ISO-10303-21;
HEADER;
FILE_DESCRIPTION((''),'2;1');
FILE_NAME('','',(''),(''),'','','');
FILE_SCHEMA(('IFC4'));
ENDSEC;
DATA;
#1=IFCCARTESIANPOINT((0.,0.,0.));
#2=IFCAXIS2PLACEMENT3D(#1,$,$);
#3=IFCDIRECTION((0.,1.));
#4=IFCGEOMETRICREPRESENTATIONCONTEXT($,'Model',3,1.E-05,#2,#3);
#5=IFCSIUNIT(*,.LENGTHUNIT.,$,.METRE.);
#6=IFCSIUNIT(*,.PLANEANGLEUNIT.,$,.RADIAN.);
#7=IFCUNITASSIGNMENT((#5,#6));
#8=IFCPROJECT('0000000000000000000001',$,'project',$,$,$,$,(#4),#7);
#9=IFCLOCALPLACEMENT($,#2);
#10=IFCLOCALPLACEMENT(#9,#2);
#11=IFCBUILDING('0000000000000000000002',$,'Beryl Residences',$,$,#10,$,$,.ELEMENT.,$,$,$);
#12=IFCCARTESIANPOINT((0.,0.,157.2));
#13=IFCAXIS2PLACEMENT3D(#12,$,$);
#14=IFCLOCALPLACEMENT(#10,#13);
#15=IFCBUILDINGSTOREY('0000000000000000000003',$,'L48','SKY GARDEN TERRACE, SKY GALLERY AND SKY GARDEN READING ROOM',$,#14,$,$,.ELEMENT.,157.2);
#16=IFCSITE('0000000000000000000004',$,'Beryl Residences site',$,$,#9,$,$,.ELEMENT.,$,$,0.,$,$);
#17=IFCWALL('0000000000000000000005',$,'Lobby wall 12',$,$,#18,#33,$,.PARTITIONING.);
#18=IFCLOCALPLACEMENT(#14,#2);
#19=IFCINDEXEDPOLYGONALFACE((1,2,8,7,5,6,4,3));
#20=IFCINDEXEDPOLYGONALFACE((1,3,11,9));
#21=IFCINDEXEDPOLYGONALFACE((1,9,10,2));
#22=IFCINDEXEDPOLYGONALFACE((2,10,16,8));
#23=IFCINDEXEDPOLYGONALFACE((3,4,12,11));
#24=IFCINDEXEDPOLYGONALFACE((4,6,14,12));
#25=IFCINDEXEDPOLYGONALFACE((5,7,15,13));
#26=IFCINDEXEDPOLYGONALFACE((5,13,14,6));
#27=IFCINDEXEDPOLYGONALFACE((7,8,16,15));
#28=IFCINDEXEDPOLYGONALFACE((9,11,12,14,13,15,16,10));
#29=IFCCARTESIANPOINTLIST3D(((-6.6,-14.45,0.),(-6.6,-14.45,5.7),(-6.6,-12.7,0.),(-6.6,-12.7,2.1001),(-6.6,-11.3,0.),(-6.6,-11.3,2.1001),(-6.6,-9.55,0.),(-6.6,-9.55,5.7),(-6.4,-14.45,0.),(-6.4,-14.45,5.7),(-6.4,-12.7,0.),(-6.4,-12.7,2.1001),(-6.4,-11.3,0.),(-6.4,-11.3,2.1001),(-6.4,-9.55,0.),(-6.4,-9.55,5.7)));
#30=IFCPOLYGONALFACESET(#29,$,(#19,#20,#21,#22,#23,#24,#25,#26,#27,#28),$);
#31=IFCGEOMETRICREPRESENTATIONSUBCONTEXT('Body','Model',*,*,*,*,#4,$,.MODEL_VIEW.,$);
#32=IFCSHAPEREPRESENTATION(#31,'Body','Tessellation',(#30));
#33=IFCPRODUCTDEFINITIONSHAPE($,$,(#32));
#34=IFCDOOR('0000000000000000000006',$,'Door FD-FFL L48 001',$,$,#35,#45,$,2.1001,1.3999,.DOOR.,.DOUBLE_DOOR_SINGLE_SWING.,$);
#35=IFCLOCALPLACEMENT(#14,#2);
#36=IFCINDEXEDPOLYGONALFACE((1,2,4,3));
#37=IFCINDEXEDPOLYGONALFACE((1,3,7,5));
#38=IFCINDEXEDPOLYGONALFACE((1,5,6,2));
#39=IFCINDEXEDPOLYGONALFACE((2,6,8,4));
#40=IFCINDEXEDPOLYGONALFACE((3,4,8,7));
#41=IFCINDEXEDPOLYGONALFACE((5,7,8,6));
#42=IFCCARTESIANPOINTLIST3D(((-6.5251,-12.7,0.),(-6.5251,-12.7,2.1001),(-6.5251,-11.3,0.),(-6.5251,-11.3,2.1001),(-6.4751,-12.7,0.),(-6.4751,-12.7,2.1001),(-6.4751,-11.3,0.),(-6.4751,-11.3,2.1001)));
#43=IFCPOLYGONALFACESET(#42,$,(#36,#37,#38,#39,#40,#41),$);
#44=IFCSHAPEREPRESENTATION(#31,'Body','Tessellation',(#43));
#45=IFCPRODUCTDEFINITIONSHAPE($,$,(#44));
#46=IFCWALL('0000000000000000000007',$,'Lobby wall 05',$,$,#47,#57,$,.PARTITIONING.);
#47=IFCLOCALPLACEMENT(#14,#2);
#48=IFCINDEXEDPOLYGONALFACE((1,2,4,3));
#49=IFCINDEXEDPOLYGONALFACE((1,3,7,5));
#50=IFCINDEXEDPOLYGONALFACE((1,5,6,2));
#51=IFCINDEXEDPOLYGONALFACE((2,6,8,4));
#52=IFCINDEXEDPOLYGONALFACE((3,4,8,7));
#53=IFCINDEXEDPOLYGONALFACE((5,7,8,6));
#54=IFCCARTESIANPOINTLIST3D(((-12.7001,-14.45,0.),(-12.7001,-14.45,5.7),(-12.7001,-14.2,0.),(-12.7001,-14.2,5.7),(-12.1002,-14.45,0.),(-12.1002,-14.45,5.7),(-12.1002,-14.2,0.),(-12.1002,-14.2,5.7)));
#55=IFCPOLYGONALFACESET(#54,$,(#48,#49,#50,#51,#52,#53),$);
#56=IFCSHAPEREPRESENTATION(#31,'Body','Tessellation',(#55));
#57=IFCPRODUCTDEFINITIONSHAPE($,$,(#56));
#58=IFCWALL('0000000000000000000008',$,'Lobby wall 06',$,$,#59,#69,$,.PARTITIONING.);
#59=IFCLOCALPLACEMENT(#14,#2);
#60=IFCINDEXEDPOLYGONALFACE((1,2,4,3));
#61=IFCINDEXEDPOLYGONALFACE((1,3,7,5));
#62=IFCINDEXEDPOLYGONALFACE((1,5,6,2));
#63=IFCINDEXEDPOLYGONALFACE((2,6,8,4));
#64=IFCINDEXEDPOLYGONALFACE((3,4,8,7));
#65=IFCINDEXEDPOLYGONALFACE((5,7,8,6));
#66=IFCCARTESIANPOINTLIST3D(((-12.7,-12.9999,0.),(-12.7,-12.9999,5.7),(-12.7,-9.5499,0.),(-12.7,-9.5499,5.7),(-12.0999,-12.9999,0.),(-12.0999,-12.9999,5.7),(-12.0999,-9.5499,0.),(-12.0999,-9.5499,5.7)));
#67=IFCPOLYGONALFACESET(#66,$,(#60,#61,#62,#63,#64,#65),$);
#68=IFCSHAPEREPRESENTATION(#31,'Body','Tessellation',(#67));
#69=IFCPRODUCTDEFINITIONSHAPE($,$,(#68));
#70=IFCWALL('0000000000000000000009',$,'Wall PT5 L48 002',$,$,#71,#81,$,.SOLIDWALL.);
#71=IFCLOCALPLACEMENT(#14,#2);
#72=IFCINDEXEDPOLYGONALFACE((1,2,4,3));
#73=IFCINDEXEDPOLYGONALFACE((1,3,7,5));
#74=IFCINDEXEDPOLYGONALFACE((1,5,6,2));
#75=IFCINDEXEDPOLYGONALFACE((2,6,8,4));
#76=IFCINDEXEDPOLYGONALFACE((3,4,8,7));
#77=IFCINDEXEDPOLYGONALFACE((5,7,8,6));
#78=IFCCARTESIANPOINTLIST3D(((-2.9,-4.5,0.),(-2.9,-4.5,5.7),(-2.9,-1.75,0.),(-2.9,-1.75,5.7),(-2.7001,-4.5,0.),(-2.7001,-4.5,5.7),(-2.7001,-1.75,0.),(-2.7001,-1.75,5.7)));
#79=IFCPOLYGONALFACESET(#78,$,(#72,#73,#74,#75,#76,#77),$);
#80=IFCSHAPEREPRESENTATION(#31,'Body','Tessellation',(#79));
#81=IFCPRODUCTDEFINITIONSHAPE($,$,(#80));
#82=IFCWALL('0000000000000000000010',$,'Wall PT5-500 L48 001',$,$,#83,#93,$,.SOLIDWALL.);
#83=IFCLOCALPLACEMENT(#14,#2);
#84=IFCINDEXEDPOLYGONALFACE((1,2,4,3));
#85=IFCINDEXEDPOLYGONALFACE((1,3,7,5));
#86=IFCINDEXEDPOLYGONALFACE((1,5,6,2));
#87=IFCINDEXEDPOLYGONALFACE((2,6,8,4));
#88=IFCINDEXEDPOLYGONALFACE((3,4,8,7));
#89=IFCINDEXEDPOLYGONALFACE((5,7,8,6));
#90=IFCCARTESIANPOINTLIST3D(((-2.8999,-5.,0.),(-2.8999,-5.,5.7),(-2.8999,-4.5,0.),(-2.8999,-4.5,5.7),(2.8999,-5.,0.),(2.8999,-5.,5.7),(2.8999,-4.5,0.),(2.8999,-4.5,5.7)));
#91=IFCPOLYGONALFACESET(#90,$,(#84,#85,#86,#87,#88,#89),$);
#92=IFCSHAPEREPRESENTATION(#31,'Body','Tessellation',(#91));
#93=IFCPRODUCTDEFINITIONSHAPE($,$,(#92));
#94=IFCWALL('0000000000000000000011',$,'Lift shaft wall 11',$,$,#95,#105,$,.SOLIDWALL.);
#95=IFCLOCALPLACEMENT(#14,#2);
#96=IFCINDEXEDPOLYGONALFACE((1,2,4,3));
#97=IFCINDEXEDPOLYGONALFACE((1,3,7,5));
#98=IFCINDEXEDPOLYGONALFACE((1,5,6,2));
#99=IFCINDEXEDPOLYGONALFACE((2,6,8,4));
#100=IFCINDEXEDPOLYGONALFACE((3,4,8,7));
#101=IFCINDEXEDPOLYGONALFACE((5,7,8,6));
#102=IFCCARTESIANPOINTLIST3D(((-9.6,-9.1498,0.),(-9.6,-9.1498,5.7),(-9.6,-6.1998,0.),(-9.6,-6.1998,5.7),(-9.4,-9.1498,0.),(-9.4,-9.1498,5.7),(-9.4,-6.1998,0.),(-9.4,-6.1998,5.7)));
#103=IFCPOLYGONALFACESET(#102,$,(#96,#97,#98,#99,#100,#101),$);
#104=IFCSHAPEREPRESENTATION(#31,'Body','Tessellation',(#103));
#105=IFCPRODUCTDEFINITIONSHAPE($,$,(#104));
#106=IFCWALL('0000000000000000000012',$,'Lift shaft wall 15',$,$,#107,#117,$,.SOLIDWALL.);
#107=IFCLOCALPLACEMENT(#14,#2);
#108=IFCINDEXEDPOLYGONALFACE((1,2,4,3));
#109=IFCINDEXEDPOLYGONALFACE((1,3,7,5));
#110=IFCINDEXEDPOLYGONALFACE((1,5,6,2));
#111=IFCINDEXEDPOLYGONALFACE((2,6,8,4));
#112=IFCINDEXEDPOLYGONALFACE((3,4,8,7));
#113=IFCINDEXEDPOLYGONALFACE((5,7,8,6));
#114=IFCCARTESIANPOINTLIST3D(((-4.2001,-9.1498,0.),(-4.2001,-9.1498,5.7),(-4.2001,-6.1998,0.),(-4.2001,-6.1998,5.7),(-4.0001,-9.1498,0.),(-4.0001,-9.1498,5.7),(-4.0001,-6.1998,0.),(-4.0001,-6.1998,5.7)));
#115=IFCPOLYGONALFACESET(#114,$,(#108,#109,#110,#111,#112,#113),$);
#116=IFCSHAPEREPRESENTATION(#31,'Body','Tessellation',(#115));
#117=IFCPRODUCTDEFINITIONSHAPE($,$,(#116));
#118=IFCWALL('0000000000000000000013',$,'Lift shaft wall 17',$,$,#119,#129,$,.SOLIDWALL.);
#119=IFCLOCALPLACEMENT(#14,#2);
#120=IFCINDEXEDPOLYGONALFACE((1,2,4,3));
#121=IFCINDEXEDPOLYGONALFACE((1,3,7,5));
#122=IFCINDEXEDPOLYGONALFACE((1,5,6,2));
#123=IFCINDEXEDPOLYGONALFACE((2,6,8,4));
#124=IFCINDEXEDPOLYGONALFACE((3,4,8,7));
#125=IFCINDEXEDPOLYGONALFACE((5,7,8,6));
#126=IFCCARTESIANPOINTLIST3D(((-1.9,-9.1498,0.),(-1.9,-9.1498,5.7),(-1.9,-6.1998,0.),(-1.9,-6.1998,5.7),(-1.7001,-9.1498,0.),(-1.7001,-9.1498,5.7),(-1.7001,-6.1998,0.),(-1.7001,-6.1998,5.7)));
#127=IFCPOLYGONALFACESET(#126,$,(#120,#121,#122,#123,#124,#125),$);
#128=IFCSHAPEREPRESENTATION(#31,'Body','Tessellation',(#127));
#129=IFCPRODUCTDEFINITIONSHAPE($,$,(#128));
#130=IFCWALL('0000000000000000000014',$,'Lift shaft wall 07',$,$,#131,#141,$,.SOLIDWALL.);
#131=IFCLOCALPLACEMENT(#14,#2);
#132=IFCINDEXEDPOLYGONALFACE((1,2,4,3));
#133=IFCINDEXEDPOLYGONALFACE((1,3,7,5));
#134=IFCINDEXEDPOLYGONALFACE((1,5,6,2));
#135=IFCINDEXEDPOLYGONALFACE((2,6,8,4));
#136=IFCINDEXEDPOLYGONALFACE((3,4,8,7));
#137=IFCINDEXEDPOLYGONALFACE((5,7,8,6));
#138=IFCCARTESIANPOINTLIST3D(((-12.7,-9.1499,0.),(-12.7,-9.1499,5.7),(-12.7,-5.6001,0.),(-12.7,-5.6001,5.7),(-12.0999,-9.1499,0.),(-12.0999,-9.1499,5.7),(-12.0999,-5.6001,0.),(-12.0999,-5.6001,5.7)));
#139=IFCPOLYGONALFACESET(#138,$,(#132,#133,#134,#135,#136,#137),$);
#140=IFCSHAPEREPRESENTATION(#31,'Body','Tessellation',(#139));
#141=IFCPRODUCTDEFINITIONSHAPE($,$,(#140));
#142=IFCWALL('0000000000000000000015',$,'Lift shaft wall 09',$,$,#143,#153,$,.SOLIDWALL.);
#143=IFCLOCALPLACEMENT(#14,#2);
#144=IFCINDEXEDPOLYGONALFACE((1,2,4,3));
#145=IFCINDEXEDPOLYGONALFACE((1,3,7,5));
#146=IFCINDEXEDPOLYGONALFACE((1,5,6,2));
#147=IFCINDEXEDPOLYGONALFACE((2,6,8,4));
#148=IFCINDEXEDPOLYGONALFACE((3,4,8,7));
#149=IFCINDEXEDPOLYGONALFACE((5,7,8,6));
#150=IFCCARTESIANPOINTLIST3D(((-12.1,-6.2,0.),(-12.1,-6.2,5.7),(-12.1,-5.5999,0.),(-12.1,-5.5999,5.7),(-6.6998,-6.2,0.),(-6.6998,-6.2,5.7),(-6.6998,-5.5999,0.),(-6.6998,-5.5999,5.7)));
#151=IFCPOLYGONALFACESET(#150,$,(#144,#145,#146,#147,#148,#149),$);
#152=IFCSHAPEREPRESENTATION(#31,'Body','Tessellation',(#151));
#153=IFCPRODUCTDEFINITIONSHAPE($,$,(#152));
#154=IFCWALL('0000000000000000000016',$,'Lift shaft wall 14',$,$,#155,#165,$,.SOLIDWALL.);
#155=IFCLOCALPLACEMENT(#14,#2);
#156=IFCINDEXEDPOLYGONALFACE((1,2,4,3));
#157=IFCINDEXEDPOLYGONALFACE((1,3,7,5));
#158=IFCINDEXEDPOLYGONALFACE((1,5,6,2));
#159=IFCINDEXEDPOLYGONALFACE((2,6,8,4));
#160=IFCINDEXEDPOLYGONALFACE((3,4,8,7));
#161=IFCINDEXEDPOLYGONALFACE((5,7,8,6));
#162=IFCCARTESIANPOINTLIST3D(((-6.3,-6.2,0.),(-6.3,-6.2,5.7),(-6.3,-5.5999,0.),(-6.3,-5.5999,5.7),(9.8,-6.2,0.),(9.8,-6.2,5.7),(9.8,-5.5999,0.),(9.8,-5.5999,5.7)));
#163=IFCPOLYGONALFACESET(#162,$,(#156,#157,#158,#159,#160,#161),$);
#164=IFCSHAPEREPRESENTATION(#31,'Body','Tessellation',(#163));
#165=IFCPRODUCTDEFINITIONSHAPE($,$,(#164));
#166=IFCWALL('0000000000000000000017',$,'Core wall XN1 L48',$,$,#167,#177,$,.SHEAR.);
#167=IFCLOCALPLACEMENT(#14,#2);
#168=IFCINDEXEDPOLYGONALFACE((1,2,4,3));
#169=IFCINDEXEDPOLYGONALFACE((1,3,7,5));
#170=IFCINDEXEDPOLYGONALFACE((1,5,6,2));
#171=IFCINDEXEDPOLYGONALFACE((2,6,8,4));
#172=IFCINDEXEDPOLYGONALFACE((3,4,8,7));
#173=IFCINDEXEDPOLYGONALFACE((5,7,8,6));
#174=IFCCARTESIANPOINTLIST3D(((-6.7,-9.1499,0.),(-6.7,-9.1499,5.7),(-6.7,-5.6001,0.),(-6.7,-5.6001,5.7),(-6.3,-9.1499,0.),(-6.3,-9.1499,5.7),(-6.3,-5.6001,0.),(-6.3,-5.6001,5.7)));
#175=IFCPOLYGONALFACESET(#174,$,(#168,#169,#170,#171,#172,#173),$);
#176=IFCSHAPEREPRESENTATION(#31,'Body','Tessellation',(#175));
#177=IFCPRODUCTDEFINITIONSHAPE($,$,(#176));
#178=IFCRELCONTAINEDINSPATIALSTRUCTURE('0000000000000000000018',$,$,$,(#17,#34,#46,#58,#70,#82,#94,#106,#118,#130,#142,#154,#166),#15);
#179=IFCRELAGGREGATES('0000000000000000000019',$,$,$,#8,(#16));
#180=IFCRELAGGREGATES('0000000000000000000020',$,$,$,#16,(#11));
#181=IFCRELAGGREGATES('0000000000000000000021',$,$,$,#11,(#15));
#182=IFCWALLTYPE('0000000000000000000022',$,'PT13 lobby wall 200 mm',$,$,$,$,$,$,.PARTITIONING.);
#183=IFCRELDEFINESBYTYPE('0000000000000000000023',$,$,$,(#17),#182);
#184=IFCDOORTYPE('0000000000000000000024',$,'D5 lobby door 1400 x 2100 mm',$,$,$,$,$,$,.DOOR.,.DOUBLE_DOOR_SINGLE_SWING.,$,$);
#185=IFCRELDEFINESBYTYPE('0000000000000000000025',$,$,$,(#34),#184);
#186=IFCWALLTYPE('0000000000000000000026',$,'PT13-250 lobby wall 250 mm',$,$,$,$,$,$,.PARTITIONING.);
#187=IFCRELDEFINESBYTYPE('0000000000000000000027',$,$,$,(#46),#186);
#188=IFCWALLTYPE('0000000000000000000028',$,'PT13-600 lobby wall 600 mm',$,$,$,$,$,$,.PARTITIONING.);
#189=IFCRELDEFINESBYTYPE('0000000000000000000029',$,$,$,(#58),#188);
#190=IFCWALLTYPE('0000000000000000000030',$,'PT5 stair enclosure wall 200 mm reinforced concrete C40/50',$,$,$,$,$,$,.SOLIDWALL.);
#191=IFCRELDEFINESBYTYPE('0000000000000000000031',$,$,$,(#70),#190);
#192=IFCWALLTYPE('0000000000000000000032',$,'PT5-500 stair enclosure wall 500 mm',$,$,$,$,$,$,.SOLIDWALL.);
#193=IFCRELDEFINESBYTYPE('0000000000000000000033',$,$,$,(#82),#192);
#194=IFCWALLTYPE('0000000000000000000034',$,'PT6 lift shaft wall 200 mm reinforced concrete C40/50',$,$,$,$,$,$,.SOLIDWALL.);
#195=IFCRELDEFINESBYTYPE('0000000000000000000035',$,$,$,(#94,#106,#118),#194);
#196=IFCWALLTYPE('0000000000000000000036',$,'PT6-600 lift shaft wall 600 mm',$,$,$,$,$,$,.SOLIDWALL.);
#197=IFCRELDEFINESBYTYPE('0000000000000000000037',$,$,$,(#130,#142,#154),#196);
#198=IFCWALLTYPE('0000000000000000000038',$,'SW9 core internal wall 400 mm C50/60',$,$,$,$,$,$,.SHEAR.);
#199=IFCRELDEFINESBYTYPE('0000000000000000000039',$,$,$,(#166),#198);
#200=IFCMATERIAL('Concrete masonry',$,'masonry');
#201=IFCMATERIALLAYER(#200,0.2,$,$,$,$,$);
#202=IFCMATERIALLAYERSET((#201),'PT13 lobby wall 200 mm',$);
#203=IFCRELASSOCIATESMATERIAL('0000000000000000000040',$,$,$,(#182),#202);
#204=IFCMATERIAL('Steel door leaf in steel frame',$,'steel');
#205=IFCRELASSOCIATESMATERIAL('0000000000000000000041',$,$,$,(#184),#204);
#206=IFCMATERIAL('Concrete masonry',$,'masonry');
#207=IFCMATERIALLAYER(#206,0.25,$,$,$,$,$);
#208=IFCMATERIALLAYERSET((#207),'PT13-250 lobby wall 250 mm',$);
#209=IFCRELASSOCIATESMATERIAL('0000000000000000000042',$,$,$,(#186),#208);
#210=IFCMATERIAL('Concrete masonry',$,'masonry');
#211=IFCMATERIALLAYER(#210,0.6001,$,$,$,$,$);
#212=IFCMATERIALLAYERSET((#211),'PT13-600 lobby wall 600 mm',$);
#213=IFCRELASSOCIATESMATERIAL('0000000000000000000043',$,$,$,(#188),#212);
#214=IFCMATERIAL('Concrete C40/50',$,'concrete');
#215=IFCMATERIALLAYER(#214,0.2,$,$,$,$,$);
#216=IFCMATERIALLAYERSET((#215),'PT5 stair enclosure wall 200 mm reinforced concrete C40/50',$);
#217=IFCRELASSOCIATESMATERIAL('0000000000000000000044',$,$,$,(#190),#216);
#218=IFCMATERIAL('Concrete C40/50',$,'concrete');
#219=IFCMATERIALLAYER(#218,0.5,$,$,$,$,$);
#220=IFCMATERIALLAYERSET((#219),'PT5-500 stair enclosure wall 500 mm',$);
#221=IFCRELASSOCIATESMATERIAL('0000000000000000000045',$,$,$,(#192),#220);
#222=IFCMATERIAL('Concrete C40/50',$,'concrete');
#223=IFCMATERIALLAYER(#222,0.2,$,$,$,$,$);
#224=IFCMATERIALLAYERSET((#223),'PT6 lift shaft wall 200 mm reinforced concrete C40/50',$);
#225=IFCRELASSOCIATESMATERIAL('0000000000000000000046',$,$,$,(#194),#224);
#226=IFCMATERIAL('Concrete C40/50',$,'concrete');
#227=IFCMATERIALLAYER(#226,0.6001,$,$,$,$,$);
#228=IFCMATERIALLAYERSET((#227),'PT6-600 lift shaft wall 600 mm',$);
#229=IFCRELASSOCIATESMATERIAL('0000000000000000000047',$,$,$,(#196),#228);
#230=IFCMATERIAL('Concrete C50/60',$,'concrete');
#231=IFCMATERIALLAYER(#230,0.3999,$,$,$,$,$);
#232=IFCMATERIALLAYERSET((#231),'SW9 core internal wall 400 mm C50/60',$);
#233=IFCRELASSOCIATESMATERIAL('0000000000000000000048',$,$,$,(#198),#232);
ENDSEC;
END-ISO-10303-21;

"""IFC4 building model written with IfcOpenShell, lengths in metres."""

from ifc_helpers import new_model, si_unit, direction, frame, frame_2d, origin, place, context, subcontext, project, spatial, rectangle, extrude, material, layer, layer_set, type_object, element, fill, save


model = new_model("IFC4")

# Units and contexts
model_context = context("Model", 3, precision=1e-05, world=origin(), true_north=direction((0.0, 1.0)))
body_context = subcontext(model_context, "Body", "Model", "MODEL_VIEW")
ifc_project = project(units=[si_unit("LENGTHUNIT", "METRE"), si_unit("PLANEANGLEUNIT", "RADIAN")], contexts=[model_context])

# Site, building, storey
site_placement = place(None, origin())
site = spatial("IfcSite", under=ifc_project, at=site_placement, Name="Beryl Residences site", CompositionType="ELEMENT", RefElevation=0.0)
building_placement = place(site_placement, origin())
building = spatial("IfcBuilding", under=site, at=building_placement, Name="Beryl Residences", CompositionType="ELEMENT")
storey_placement = place(building_placement, frame((0.0, 0.0, 157.2)))
storey = spatial("IfcBuildingStorey", under=building, at=storey_placement, Name="L48", Description="SKY GARDEN TERRACE, SKY GALLERY AND SKY GARDEN READING ROOM", CompositionType="ELEMENT", Elevation=157.2)

# Wall, opening, door
ifc_material_1 = material(Name="Concrete masonry", Category="masonry")
ifc_layer_1 = layer(ifc_material_1, 0.2)
ifc_layer_set_1 = layer_set([ifc_layer_1], Name="PT13 lobby wall 200 mm")
wall_type_1 = type_object("IfcWallType", Name="PT13 lobby wall 200 mm", PredefinedType="PARTITIONING", material=ifc_layer_set_1)
wall_1_placement = place(storey_placement, frame((-6.5, -14.45, 0.0), z_axis=(0.0, 0.0, 1.0), x_axis=(0.0, 1.0, 0.0)))
wall_1 = element("IfcWall", 1, at=wall_1_placement, inside=storey, type_object=wall_type_1, Name="Lobby wall 12", PredefinedType="PARTITIONING", context=body_context, shape_type="SweptSolid", body=[
    extrude(rectangle(XDim=4.8999, YDim=0.2, at=frame_2d((2.45, 0.0))), origin(), (0.0, 0.0, 1.0), 5.7),
])
opening_1_placement = place(wall_1_placement, frame((3.1499, 0.0, 0.0), z_axis=(0.0, 0.0, 1.0), x_axis=(-1.0, 0.0, 0.0)))
opening_1 = element("IfcOpeningElement", 2, at=opening_1_placement, cuts=wall_1, PredefinedType="OPENING", context=body_context, shape_type="SweptSolid", body=[
    extrude(rectangle(XDim=1.3999, YDim=2.1001, at=frame_2d((0.7, 1.05))), frame((0.0, 0.1099, 0.0), z_axis=(0.0, -1.0, 0.0), x_axis=(1.0, 0.0, 0.0)), (0.0, 0.0, 1.0), 0.22),
])
ifc_material_2 = material(Name="Steel door leaf in steel frame", Category="steel")
door_type_1 = type_object("IfcDoorType", Name="D5 lobby door 1400 x 2100 mm", OperationType="DOUBLE_DOOR_SINGLE_SWING", PredefinedType="DOOR", material=ifc_material_2)
door_1_placement = place(opening_1_placement, origin())
door_1 = element("IfcDoor", 3, at=door_1_placement, inside=storey, type_object=door_type_1, Name="Door FD-FFL L48 001", OperationType="DOUBLE_DOOR_SINGLE_SWING", OverallHeight=2.1001, OverallWidth=1.3999, PredefinedType="DOOR", context=body_context, shape_type="SweptSolid", body=[
    extrude(rectangle(XDim=1.3999, YDim=2.1001, at=frame_2d((0.7, 1.05))), frame((0.0, 0.0249, 0.0), z_axis=(0.0, -1.0, 0.0), x_axis=(1.0, 0.0, 0.0)), (0.0, 0.0, 1.0), 0.05),
])
fill(opening_1, door_1)

# Walls
ifc_material_3 = material(Name="Concrete masonry", Category="masonry")
ifc_layer_2 = layer(ifc_material_3, 0.25)
ifc_layer_set_2 = layer_set([ifc_layer_2], Name="PT13-250 lobby wall 250 mm")
wall_type_2 = type_object("IfcWallType", Name="PT13-250 lobby wall 250 mm", PredefinedType="PARTITIONING", material=ifc_layer_set_2)
wall_2_placement = place(storey_placement, frame((-12.7, -14.325, 0.0), z_axis=(0.0, 0.0, 1.0), x_axis=(1.0, 0.0, 0.0)))
element("IfcWall", 4, at=wall_2_placement, inside=storey, type_object=wall_type_2, Name="Lobby wall 05", PredefinedType="PARTITIONING", context=body_context, shape_type="SweptSolid", body=[
    extrude(rectangle(XDim=0.5999, YDim=0.25, at=frame_2d((0.2998, 0.0))), origin(), (0.0, 0.0, 1.0), 5.7),
])
ifc_material_4 = material(Name="Concrete masonry", Category="masonry")
ifc_layer_3 = layer(ifc_material_4, 0.6001)
ifc_layer_set_3 = layer_set([ifc_layer_3], Name="PT13-600 lobby wall 600 mm")
wall_type_3 = type_object("IfcWallType", Name="PT13-600 lobby wall 600 mm", PredefinedType="PARTITIONING", material=ifc_layer_set_3)
wall_3_placement = place(storey_placement, frame((-12.3999, -13.0, 0.0), z_axis=(0.0, 0.0, 1.0), x_axis=(0.0, 1.0, 0.0)))
element("IfcWall", 5, at=wall_3_placement, inside=storey, type_object=wall_type_3, Name="Lobby wall 06", PredefinedType="PARTITIONING", context=body_context, shape_type="SweptSolid", body=[
    extrude(rectangle(XDim=3.45, YDim=0.6001, at=frame_2d((1.7251, 0.0))), origin(), (0.0, 0.0, 1.0), 5.7),
])
ifc_material_5 = material(Name="Concrete C40/50", Category="concrete")
ifc_layer_4 = layer(ifc_material_5, 0.2)
ifc_layer_set_4 = layer_set([ifc_layer_4], Name="PT5 stair enclosure wall 200 mm reinforced concrete C40/50")
wall_type_4 = type_object("IfcWallType", Name="PT5 stair enclosure wall 200 mm reinforced concrete C40/50", PredefinedType="SOLIDWALL", material=ifc_layer_set_4)
wall_4_placement = place(storey_placement, frame((-2.8, -4.5, 0.0), z_axis=(0.0, 0.0, 1.0), x_axis=(0.0, 1.0, 0.0)))
element("IfcWall", 6, at=wall_4_placement, inside=storey, type_object=wall_type_4, Name="Wall PT5 L48 002", PredefinedType="SOLIDWALL", context=body_context, shape_type="SweptSolid", body=[
    extrude(rectangle(XDim=2.75, YDim=0.2, at=frame_2d((1.375, 0.0))), origin(), (0.0, 0.0, 1.0), 5.7),
])
ifc_material_6 = material(Name="Concrete C40/50", Category="concrete")
ifc_layer_5 = layer(ifc_material_6, 0.5)
ifc_layer_set_5 = layer_set([ifc_layer_5], Name="PT5-500 stair enclosure wall 500 mm")
wall_type_5 = type_object("IfcWallType", Name="PT5-500 stair enclosure wall 500 mm", PredefinedType="SOLIDWALL", material=ifc_layer_set_5)
wall_5_placement = place(storey_placement, frame((-2.8999, -4.75, 0.0), z_axis=(0.0, 0.0, 1.0), x_axis=(1.0, 0.0, 0.0)))
element("IfcWall", 7, at=wall_5_placement, inside=storey, type_object=wall_type_5, Name="Wall PT5-500 L48 001", PredefinedType="SOLIDWALL", context=body_context, shape_type="SweptSolid", body=[
    extrude(rectangle(XDim=5.7998, YDim=0.5, at=frame_2d((2.8999, 0.0))), origin(), (0.0, 0.0, 1.0), 5.7),
])
ifc_material_7 = material(Name="Concrete C40/50", Category="concrete")
ifc_layer_6 = layer(ifc_material_7, 0.2)
ifc_layer_set_6 = layer_set([ifc_layer_6], Name="PT6 lift shaft wall 200 mm reinforced concrete C40/50")
wall_type_6 = type_object("IfcWallType", Name="PT6 lift shaft wall 200 mm reinforced concrete C40/50", PredefinedType="SOLIDWALL", material=ifc_layer_set_6)
for number, where, z_axis, x_axis, name in (
    (8, (-9.5, -9.1499, 0.0), (0.0, 0.0, 1.0), (0.0, 1.0, 0.0), "Lift shaft wall 11"),
    (9, (-4.1001, -9.1499, 0.0), (0.0, 0.0, 1.0), (0.0, 1.0, 0.0), "Lift shaft wall 15"),
    (10, (-1.8, -9.1499, 0.0), (0.0, 0.0, 1.0), (0.0, 1.0, 0.0), "Lift shaft wall 17"),
):
    element("IfcWall", number, at=place(storey_placement, frame(where, z_axis=z_axis, x_axis=x_axis)), inside=storey, type_object=wall_type_6, Name=name, PredefinedType="SOLIDWALL", context=body_context, shape_type="SweptSolid", body=[
        extrude(rectangle(XDim=2.95, YDim=0.2, at=frame_2d((1.4751, 0.0))), origin(), (0.0, 0.0, 1.0), 5.7),
    ])
ifc_material_8 = material(Name="Concrete C40/50", Category="concrete")
ifc_layer_7 = layer(ifc_material_8, 0.6001)
ifc_layer_set_7 = layer_set([ifc_layer_7], Name="PT6-600 lift shaft wall 600 mm")
wall_type_7 = type_object("IfcWallType", Name="PT6-600 lift shaft wall 600 mm", PredefinedType="SOLIDWALL", material=ifc_layer_set_7)
wall_6_placement = place(storey_placement, frame((-12.3999, -9.1499, 0.0), z_axis=(0.0, 0.0, 1.0), x_axis=(0.0, 1.0, 0.0)))
element("IfcWall", 11, at=wall_6_placement, inside=storey, type_object=wall_type_7, Name="Lift shaft wall 07", PredefinedType="SOLIDWALL", context=body_context, shape_type="SweptSolid", body=[
    extrude(rectangle(XDim=3.5498, YDim=0.6001, at=frame_2d((1.7749, 0.0))), origin(), (0.0, 0.0, 1.0), 5.7),
])
wall_7_placement = place(storey_placement, frame((-12.1001, -5.8999, 0.0), z_axis=(0.0, 0.0, 1.0), x_axis=(1.0, 0.0, 0.0)))
element("IfcWall", 12, at=wall_7_placement, inside=storey, type_object=wall_type_7, Name="Lift shaft wall 09", PredefinedType="SOLIDWALL", context=body_context, shape_type="SweptSolid", body=[
    extrude(rectangle(XDim=5.4001, YDim=0.6001, at=frame_2d((2.7002, 0.0))), origin(), (0.0, 0.0, 1.0), 5.7),
])
wall_8_placement = place(storey_placement, frame((-6.3, -5.8999, 0.0), z_axis=(0.0, 0.0, 1.0), x_axis=(1.0, 0.0, 0.0)))
element("IfcWall", 13, at=wall_8_placement, inside=storey, type_object=wall_type_7, Name="Lift shaft wall 14", PredefinedType="SOLIDWALL", context=body_context, shape_type="SweptSolid", body=[
    extrude(rectangle(XDim=16.1001, YDim=0.6001, at=frame_2d((8.05, 0.0))), origin(), (0.0, 0.0, 1.0), 5.7),
])

# Shared definitions
ifc_material_9 = material(Name="Concrete C50/60", Category="concrete")
ifc_layer_8 = layer(ifc_material_9, 0.3999)
ifc_layer_set_8 = layer_set([ifc_layer_8], Name="SW9 core internal wall 400 mm C50/60")
wall_type_8 = type_object("IfcWallType", Name="SW9 core internal wall 400 mm C50/60", PredefinedType="SHEAR", material=ifc_layer_set_8)

# Wall
wall_9_placement = place(storey_placement, frame((-6.5, -9.1499, 0.0), z_axis=(0.0, 0.0, 1.0), x_axis=(0.0, 1.0, 0.0)))
element("IfcWall", 14, at=wall_9_placement, inside=storey, type_object=wall_type_8, Name="Core wall XN1 L48", PredefinedType="SHEAR", context=body_context, shape_type="SweptSolid", body=[
    extrude(rectangle(XDim=3.5498, YDim=0.3999, at=frame_2d((1.7749, 0.0))), origin(), (0.0, 0.0, 1.0), 5.7),
])

save(model, "model.ifc")
